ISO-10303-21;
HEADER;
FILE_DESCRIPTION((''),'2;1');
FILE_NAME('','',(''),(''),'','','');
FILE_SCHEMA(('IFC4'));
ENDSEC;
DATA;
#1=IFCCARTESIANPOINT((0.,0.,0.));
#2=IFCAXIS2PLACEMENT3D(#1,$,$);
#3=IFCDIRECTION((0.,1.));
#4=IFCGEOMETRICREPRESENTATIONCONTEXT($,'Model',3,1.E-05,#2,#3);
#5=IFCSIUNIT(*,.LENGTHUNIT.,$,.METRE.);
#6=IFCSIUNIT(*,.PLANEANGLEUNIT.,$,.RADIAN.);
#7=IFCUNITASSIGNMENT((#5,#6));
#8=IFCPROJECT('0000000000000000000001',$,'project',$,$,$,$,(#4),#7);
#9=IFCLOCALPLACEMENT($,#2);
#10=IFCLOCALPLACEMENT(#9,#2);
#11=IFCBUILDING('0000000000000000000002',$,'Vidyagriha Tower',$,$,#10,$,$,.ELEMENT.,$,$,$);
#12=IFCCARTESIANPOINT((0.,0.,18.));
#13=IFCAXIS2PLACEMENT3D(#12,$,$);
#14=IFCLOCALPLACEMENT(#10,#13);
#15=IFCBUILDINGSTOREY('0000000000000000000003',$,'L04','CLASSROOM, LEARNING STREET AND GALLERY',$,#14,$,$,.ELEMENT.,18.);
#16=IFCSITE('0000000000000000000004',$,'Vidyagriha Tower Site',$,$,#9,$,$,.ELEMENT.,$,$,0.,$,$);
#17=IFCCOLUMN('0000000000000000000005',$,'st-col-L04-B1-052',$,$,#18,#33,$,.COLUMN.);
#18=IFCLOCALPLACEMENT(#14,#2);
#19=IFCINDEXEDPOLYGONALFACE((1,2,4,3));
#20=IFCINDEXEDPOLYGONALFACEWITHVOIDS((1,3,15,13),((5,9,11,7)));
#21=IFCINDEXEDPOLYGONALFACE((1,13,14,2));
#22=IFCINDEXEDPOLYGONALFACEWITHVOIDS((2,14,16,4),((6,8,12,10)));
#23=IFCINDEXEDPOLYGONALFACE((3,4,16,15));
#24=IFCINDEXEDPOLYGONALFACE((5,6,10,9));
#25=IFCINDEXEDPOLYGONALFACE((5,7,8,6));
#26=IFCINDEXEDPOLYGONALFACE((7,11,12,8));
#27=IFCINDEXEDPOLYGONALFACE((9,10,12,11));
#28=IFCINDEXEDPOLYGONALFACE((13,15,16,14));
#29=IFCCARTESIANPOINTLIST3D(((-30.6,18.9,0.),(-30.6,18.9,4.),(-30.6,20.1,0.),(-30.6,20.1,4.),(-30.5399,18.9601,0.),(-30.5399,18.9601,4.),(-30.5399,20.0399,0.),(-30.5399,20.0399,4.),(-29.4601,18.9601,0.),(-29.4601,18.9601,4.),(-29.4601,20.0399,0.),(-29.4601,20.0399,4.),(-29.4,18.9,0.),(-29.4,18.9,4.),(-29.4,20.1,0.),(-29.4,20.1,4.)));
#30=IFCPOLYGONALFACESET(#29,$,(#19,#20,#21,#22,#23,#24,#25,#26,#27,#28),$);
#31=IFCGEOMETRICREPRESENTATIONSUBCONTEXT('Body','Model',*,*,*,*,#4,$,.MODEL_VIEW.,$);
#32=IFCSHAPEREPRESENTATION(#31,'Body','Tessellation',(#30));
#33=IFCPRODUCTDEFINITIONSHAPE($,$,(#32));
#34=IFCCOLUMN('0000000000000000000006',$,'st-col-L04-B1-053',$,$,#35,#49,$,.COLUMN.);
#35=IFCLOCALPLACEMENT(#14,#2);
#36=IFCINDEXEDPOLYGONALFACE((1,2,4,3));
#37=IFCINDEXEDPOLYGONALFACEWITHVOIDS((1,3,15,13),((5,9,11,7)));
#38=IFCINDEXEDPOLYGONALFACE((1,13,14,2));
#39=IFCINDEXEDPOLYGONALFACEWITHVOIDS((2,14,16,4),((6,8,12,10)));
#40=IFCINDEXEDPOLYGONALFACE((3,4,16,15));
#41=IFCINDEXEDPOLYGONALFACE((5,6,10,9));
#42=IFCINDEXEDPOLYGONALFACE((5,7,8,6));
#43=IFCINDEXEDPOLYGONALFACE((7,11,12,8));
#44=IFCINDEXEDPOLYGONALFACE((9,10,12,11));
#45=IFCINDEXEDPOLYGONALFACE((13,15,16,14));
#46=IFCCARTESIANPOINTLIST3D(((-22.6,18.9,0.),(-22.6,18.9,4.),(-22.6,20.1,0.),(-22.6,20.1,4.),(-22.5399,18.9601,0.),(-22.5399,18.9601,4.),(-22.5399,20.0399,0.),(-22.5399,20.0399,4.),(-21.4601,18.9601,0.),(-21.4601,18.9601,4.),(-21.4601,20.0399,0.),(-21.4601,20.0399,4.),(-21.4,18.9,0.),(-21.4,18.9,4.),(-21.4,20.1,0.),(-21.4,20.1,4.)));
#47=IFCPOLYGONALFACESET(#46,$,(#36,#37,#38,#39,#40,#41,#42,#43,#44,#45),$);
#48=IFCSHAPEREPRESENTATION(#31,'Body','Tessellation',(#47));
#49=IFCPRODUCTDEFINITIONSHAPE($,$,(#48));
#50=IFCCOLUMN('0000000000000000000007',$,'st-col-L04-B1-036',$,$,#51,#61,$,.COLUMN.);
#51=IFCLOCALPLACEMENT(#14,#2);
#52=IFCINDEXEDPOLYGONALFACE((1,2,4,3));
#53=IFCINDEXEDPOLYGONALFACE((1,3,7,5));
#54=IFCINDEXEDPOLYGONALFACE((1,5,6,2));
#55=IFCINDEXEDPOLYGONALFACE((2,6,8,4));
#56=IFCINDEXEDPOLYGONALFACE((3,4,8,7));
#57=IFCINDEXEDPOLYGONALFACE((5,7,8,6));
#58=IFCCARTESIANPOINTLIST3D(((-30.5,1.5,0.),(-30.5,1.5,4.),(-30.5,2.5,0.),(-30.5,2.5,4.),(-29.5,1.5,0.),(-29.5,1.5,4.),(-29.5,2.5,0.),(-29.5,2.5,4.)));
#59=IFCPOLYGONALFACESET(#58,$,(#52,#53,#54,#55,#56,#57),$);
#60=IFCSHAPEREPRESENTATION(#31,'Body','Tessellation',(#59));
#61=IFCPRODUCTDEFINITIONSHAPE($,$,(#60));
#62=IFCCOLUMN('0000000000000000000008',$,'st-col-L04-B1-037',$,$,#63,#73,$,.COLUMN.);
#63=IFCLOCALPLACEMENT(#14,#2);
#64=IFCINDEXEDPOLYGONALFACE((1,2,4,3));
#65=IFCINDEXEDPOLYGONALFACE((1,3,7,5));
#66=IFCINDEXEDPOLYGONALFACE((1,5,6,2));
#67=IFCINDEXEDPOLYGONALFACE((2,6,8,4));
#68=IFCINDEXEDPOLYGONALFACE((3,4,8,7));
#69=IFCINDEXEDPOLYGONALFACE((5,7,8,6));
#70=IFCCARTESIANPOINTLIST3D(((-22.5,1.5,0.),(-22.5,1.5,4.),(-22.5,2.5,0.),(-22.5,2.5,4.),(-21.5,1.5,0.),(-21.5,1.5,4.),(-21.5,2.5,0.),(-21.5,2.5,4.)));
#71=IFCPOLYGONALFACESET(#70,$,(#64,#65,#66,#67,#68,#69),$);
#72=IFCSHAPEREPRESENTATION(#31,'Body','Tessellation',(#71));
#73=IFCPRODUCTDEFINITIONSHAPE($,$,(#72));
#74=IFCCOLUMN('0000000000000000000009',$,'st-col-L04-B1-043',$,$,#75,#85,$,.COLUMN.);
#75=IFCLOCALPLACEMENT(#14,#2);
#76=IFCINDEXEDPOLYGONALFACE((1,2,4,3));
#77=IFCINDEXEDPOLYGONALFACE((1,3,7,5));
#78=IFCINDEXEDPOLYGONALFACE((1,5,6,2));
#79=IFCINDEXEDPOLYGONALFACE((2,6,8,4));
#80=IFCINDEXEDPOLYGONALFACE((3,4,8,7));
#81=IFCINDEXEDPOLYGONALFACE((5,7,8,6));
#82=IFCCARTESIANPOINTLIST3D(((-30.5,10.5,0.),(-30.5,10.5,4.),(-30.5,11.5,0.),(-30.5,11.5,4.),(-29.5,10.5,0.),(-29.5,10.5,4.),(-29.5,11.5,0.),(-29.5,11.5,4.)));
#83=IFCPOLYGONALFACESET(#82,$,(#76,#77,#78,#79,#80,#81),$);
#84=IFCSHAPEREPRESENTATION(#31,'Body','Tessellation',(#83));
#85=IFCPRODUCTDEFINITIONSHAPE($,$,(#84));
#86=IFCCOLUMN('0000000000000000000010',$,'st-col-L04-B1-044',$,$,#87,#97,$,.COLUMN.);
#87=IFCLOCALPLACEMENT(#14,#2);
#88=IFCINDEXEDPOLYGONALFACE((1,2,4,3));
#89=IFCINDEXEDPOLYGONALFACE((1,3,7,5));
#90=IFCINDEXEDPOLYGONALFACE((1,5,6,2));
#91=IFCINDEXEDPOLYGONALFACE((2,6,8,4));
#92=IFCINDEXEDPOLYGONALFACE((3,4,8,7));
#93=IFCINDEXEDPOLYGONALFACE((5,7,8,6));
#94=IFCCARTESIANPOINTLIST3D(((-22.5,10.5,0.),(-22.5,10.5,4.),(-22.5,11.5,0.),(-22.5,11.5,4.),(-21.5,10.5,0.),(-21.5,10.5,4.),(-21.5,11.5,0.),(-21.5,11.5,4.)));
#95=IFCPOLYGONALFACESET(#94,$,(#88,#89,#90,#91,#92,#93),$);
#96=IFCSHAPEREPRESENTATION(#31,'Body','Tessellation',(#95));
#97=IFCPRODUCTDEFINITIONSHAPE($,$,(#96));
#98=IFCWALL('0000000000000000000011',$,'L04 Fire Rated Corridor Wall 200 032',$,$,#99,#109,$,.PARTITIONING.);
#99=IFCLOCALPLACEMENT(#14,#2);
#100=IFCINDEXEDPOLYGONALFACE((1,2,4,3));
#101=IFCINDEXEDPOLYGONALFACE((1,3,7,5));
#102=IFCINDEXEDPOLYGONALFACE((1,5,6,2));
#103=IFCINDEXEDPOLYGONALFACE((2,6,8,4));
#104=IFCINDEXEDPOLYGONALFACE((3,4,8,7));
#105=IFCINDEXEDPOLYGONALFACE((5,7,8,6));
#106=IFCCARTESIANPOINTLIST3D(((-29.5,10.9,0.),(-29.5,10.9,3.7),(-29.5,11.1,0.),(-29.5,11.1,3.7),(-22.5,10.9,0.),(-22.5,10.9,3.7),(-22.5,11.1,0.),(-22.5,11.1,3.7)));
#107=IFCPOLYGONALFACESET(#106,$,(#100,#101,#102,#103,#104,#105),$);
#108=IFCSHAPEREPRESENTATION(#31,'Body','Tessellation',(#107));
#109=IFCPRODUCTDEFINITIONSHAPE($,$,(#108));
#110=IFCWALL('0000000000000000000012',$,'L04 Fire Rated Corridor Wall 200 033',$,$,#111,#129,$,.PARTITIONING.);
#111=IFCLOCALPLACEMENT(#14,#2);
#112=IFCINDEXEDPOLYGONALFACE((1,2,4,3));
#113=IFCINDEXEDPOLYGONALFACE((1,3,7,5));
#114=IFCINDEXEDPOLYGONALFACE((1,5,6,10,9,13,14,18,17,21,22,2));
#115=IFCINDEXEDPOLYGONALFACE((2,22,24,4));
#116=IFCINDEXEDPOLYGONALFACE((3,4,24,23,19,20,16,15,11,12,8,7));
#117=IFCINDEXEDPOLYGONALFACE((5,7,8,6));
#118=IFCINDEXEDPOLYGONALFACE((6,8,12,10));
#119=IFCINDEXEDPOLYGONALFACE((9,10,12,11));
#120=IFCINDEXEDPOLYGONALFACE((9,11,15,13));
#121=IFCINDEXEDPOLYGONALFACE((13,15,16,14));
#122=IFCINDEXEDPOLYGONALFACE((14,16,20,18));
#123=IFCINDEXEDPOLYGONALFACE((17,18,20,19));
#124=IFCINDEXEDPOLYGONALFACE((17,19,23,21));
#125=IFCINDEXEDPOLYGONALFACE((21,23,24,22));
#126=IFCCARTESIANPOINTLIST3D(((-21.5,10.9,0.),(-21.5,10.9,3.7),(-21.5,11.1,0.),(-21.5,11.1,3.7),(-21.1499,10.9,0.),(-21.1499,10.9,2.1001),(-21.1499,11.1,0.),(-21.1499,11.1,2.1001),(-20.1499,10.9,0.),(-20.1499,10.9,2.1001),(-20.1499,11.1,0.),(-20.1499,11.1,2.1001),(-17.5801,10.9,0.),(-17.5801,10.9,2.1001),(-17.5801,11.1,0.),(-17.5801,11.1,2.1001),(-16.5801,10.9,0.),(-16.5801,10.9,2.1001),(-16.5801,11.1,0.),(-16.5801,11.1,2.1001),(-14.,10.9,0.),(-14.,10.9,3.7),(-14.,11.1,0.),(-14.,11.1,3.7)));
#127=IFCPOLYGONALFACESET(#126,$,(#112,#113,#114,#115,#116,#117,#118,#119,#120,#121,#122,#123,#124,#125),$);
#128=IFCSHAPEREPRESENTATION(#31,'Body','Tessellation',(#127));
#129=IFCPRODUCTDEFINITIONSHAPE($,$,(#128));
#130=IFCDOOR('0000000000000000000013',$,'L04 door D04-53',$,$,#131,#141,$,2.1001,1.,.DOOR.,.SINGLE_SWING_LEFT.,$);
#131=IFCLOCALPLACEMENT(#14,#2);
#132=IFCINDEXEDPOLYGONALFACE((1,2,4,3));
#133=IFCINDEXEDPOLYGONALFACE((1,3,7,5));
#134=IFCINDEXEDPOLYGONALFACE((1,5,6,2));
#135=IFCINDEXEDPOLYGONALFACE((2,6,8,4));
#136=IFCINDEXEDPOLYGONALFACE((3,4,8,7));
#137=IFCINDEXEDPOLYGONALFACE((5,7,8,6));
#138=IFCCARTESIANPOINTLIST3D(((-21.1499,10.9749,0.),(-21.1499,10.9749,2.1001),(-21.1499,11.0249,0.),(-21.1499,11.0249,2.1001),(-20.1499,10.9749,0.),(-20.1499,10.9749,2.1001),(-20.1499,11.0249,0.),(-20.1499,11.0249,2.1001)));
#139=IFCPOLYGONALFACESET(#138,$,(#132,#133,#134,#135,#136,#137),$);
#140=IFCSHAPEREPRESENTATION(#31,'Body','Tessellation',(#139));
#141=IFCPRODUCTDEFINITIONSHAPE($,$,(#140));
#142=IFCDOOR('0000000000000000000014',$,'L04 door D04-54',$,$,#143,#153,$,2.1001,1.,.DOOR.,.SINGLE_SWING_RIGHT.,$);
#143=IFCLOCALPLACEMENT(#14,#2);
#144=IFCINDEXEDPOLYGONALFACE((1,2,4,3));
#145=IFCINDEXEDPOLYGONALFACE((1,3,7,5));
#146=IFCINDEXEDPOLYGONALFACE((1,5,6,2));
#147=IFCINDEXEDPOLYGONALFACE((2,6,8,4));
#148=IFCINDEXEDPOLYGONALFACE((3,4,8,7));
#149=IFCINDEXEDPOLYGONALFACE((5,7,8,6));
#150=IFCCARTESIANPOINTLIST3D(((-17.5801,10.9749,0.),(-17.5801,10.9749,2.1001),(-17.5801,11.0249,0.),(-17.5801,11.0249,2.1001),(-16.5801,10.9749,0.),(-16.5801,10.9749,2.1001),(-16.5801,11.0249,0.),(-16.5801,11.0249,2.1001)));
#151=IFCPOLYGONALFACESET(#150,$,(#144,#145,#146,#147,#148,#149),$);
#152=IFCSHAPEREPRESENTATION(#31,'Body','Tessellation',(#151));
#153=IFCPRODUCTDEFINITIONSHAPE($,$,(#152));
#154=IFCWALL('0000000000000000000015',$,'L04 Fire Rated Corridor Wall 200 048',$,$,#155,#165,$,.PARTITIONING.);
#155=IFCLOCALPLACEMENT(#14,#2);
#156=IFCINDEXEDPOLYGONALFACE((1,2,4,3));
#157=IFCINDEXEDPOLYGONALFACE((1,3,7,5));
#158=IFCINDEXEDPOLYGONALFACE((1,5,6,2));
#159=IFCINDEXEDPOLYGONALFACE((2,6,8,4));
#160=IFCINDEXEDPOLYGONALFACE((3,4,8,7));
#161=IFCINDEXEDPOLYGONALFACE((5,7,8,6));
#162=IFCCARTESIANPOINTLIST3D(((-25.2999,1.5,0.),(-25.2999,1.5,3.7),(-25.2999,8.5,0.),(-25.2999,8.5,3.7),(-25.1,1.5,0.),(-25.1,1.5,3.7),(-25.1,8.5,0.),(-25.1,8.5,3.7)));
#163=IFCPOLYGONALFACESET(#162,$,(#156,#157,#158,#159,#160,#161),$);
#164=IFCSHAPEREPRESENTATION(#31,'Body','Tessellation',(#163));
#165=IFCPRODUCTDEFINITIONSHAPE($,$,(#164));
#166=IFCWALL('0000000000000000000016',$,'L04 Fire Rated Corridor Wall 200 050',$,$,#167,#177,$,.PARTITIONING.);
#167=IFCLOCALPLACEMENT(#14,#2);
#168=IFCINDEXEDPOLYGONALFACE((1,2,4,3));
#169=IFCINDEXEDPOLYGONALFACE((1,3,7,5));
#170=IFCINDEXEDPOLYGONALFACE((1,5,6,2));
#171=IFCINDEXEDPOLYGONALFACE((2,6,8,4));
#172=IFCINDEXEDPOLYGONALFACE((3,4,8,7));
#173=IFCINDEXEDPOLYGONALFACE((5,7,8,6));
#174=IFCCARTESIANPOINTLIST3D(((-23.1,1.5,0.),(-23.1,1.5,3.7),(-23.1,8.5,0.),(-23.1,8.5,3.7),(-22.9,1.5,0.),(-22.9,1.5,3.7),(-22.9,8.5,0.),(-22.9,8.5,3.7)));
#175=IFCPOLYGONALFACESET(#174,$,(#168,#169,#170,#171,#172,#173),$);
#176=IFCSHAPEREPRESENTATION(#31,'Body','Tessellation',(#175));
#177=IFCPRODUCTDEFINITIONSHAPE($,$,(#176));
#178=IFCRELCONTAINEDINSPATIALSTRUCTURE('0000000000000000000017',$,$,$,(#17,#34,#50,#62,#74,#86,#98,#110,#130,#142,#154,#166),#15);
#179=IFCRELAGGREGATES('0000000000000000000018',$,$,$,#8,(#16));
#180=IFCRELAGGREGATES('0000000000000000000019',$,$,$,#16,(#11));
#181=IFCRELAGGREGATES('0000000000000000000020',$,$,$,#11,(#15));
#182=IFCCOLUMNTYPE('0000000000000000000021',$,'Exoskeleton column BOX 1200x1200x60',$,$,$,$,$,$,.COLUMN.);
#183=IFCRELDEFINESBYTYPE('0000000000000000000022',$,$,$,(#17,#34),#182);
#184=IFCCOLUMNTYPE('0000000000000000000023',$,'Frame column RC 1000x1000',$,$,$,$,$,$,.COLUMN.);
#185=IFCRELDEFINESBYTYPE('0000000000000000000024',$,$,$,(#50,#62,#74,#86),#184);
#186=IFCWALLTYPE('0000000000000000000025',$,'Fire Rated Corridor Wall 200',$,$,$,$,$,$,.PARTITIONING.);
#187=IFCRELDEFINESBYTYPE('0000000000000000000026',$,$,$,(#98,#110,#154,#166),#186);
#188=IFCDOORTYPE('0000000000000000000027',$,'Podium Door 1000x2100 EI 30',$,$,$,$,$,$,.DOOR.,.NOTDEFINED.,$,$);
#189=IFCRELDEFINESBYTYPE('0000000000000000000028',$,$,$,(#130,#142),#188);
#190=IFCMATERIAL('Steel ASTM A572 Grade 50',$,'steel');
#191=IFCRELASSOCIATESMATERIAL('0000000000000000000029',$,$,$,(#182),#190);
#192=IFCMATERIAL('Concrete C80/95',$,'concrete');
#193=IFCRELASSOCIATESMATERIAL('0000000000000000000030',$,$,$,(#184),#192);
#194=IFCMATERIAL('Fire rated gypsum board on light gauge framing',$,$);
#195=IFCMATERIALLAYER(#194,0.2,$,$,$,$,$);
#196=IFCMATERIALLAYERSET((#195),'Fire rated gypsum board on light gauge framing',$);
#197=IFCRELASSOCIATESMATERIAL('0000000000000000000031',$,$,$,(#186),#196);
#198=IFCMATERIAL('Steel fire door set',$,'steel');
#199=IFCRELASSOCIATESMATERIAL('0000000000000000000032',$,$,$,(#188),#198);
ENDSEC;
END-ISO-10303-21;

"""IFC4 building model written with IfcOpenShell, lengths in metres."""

from ifc_helpers import new_model, si_unit, direction, frame, frame_2d, origin, origin_2d, place, context, subcontext, project, spatial, rectangle, hollow_rectangle, extrude, material, layer, layer_set, material_profile, profile_set, type_object, element, fill, save


model = new_model("IFC4")

# Units and contexts
model_context = context("Model", 3, precision=1e-05, world=origin(), true_north=direction((0.0, 1.0)))
body_context = subcontext(model_context, "Body", "Model", "MODEL_VIEW")
ifc_project = project(units=[si_unit("LENGTHUNIT", "METRE"), si_unit("PLANEANGLEUNIT", "RADIAN")], contexts=[model_context])

# Site, building, storey
site_placement = place(None, origin())
site = spatial("IfcSite", under=ifc_project, at=site_placement, Name="Vidyagriha Tower Site", CompositionType="ELEMENT", RefElevation=0.0)
building_placement = place(site_placement, origin())
building = spatial("IfcBuilding", under=site, at=building_placement, Name="Vidyagriha Tower", CompositionType="ELEMENT")
storey_placement = place(building_placement, frame((0.0, 0.0, 18.0)))
storey = spatial("IfcBuildingStorey", under=building, at=storey_placement, Name="L04", Description="CLASSROOM, LEARNING STREET AND GALLERY", CompositionType="ELEMENT", Elevation=18.0)

# Columns
ifc_material_1 = material(Name="Steel ASTM A572 Grade 50", Category="steel")
ifc_material_profile_1 = material_profile(ifc_material_1, hollow_rectangle(XDim=1.2, YDim=1.2, WallThickness=0.0601, at=origin_2d()), Name="BOX 1200x1200x60")
ifc_profile_set_1 = profile_set([ifc_material_profile_1], Name="Steel ASTM A572 Grade 50")
column_type_1 = type_object("IfcColumnType", Name="Exoskeleton column BOX 1200x1200x60", PredefinedType="COLUMN", material=ifc_profile_set_1)
for number, where, name in (
    (1, (-30.0, 19.5, 0.0), "st-col-L04-B1-052"),
    (2, (-22.0, 19.5, 0.0), "st-col-L04-B1-053"),
):
    element("IfcColumn", number, at=place(storey_placement, frame(where)), inside=storey, type_object=column_type_1, Name=name, PredefinedType="COLUMN", context=body_context, shape_type="SweptSolid", body=[
        extrude(hollow_rectangle(XDim=1.2, YDim=1.2, WallThickness=0.0601, at=origin_2d()), origin(), (0.0, 0.0, 1.0), 4.0),
    ])
ifc_material_2 = material(Name="Concrete C80/95", Category="concrete")
ifc_material_profile_2 = material_profile(ifc_material_2, rectangle(XDim=1.0, YDim=1.0, at=origin_2d()), Name="RC 1000x1000")
ifc_profile_set_2 = profile_set([ifc_material_profile_2], Name="Concrete C80/95")
column_type_2 = type_object("IfcColumnType", Name="Frame column RC 1000x1000", PredefinedType="COLUMN", material=ifc_profile_set_2)
for number, where, name in (
    (3, (-30.0, 2.0, 0.0), "st-col-L04-B1-036"),
    (4, (-22.0, 2.0, 0.0), "st-col-L04-B1-037"),
    (5, (-30.0, 11.0, 0.0), "st-col-L04-B1-043"),
    (6, (-22.0, 11.0, 0.0), "st-col-L04-B1-044"),
):
    element("IfcColumn", number, at=place(storey_placement, frame(where)), inside=storey, type_object=column_type_2, Name=name, PredefinedType="COLUMN", context=body_context, shape_type="SweptSolid", body=[
        extrude(rectangle(XDim=1.0, YDim=1.0, at=origin_2d()), origin(), (0.0, 0.0, 1.0), 4.0),
    ])

# Wall
ifc_material_3 = material(Name="Fire rated gypsum board on light gauge framing")
ifc_layer_1 = layer(ifc_material_3, 0.2)
ifc_layer_set_1 = layer_set([ifc_layer_1], Name="Fire rated gypsum board on light gauge framing")
wall_type_1 = type_object("IfcWallType", Name="Fire Rated Corridor Wall 200", PredefinedType="PARTITIONING", material=ifc_layer_set_1)
wall_1_placement = place(storey_placement, frame((-29.5, 11.0, 0.0)))
element("IfcWall", 7, at=wall_1_placement, inside=storey, type_object=wall_type_1, Name="L04 Fire Rated Corridor Wall 200 032", PredefinedType="PARTITIONING", context=body_context, shape_type="SweptSolid", body=[
    extrude(rectangle(XDim=7.0, YDim=0.2, at=frame_2d((3.5, 0.0))), origin(), (0.0, 0.0, 1.0), 3.7),
])

# Wall, openings, doors
wall_2_placement = place(storey_placement, frame((-21.5, 11.0, 0.0)))
wall_2 = element("IfcWall", 8, at=wall_2_placement, inside=storey, type_object=wall_type_1, Name="L04 Fire Rated Corridor Wall 200 033", PredefinedType="PARTITIONING", context=body_context, shape_type="SweptSolid", body=[
    extrude(rectangle(XDim=7.5, YDim=0.2, at=frame_2d((3.75, 0.0))), origin(), (0.0, 0.0, 1.0), 3.7),
])
opening_1_placement = place(wall_2_placement, frame((0.3501, 0.0, 0.0)))
opening_1 = element("IfcOpeningElement", 9, at=opening_1_placement, cuts=wall_2, PredefinedType="OPENING", context=body_context, shape_type="SweptSolid", body=[
    extrude(rectangle(XDim=1.0, YDim=2.1001, at=frame_2d((0.5, 1.05))), frame((0.0, 0.1099, 0.0), z_axis=(0.0, -1.0, 0.0), x_axis=(1.0, 0.0, 0.0)), (0.0, 0.0, 1.0), 0.22),
])
opening_2_placement = place(wall_2_placement, frame((3.9199, 0.0, 0.0)))
opening_2 = element("IfcOpeningElement", 10, at=opening_2_placement, cuts=wall_2, PredefinedType="OPENING", context=body_context, shape_type="SweptSolid", body=[
    extrude(rectangle(XDim=1.0, YDim=2.1001, at=frame_2d((0.5, 1.05))), frame((0.0, 0.1099, 0.0), z_axis=(0.0, -1.0, 0.0), x_axis=(1.0, 0.0, 0.0)), (0.0, 0.0, 1.0), 0.22),
])
ifc_material_4 = material(Name="Steel fire door set", Category="steel")
door_type = type_object("IfcDoorType", Name="Podium Door 1000x2100 EI 30", OperationType="NOTDEFINED", PredefinedType="DOOR", material=ifc_material_4)
door_1_placement = place(opening_1_placement, origin())
door_1 = element("IfcDoor", 11, at=door_1_placement, inside=storey, type_object=door_type, Name="L04 door D04-53", OperationType="SINGLE_SWING_LEFT", OverallHeight=2.1001, OverallWidth=1.0, PredefinedType="DOOR", context=body_context, shape_type="SweptSolid", body=[
    extrude(rectangle(XDim=1.0, YDim=2.1001, at=frame_2d((0.5, 1.05))), frame((0.0, 0.0249, 0.0), z_axis=(0.0, -1.0, 0.0), x_axis=(1.0, 0.0, 0.0)), (0.0, 0.0, 1.0), 0.05),
])
fill(opening_1, door_1)
door_2_placement = place(opening_2_placement, origin())
door_2 = element("IfcDoor", 12, at=door_2_placement, inside=storey, type_object=door_type, Name="L04 door D04-54", OperationType="SINGLE_SWING_RIGHT", OverallHeight=2.1001, OverallWidth=1.0, PredefinedType="DOOR", context=body_context, shape_type="SweptSolid", body=[
    extrude(rectangle(XDim=1.0, YDim=2.1001, at=frame_2d((0.5, 1.05))), frame((0.0, 0.0249, 0.0), z_axis=(0.0, -1.0, 0.0), x_axis=(1.0, 0.0, 0.0)), (0.0, 0.0, 1.0), 0.05),
])
fill(opening_2, door_2)

# Walls
for number, where, z_axis, x_axis, name in (
    (13, (-25.2, 1.5, 0.0), (0.0, 0.0, 1.0), (0.0, 1.0, 0.0), "L04 Fire Rated Corridor Wall 200 048"),
    (14, (-23.0, 1.5, 0.0), (0.0, 0.0, 1.0), (0.0, 1.0, 0.0), "L04 Fire Rated Corridor Wall 200 050"),
):
    element("IfcWall", number, at=place(storey_placement, frame(where, z_axis=z_axis, x_axis=x_axis)), inside=storey, type_object=wall_type_1, Name=name, PredefinedType="PARTITIONING", context=body_context, shape_type="SweptSolid", body=[
        extrude(rectangle(XDim=7.0, YDim=0.2, at=frame_2d((3.5, 0.0))), origin(), (0.0, 0.0, 1.0), 3.7),
    ])

save(model, "model.ifc")
